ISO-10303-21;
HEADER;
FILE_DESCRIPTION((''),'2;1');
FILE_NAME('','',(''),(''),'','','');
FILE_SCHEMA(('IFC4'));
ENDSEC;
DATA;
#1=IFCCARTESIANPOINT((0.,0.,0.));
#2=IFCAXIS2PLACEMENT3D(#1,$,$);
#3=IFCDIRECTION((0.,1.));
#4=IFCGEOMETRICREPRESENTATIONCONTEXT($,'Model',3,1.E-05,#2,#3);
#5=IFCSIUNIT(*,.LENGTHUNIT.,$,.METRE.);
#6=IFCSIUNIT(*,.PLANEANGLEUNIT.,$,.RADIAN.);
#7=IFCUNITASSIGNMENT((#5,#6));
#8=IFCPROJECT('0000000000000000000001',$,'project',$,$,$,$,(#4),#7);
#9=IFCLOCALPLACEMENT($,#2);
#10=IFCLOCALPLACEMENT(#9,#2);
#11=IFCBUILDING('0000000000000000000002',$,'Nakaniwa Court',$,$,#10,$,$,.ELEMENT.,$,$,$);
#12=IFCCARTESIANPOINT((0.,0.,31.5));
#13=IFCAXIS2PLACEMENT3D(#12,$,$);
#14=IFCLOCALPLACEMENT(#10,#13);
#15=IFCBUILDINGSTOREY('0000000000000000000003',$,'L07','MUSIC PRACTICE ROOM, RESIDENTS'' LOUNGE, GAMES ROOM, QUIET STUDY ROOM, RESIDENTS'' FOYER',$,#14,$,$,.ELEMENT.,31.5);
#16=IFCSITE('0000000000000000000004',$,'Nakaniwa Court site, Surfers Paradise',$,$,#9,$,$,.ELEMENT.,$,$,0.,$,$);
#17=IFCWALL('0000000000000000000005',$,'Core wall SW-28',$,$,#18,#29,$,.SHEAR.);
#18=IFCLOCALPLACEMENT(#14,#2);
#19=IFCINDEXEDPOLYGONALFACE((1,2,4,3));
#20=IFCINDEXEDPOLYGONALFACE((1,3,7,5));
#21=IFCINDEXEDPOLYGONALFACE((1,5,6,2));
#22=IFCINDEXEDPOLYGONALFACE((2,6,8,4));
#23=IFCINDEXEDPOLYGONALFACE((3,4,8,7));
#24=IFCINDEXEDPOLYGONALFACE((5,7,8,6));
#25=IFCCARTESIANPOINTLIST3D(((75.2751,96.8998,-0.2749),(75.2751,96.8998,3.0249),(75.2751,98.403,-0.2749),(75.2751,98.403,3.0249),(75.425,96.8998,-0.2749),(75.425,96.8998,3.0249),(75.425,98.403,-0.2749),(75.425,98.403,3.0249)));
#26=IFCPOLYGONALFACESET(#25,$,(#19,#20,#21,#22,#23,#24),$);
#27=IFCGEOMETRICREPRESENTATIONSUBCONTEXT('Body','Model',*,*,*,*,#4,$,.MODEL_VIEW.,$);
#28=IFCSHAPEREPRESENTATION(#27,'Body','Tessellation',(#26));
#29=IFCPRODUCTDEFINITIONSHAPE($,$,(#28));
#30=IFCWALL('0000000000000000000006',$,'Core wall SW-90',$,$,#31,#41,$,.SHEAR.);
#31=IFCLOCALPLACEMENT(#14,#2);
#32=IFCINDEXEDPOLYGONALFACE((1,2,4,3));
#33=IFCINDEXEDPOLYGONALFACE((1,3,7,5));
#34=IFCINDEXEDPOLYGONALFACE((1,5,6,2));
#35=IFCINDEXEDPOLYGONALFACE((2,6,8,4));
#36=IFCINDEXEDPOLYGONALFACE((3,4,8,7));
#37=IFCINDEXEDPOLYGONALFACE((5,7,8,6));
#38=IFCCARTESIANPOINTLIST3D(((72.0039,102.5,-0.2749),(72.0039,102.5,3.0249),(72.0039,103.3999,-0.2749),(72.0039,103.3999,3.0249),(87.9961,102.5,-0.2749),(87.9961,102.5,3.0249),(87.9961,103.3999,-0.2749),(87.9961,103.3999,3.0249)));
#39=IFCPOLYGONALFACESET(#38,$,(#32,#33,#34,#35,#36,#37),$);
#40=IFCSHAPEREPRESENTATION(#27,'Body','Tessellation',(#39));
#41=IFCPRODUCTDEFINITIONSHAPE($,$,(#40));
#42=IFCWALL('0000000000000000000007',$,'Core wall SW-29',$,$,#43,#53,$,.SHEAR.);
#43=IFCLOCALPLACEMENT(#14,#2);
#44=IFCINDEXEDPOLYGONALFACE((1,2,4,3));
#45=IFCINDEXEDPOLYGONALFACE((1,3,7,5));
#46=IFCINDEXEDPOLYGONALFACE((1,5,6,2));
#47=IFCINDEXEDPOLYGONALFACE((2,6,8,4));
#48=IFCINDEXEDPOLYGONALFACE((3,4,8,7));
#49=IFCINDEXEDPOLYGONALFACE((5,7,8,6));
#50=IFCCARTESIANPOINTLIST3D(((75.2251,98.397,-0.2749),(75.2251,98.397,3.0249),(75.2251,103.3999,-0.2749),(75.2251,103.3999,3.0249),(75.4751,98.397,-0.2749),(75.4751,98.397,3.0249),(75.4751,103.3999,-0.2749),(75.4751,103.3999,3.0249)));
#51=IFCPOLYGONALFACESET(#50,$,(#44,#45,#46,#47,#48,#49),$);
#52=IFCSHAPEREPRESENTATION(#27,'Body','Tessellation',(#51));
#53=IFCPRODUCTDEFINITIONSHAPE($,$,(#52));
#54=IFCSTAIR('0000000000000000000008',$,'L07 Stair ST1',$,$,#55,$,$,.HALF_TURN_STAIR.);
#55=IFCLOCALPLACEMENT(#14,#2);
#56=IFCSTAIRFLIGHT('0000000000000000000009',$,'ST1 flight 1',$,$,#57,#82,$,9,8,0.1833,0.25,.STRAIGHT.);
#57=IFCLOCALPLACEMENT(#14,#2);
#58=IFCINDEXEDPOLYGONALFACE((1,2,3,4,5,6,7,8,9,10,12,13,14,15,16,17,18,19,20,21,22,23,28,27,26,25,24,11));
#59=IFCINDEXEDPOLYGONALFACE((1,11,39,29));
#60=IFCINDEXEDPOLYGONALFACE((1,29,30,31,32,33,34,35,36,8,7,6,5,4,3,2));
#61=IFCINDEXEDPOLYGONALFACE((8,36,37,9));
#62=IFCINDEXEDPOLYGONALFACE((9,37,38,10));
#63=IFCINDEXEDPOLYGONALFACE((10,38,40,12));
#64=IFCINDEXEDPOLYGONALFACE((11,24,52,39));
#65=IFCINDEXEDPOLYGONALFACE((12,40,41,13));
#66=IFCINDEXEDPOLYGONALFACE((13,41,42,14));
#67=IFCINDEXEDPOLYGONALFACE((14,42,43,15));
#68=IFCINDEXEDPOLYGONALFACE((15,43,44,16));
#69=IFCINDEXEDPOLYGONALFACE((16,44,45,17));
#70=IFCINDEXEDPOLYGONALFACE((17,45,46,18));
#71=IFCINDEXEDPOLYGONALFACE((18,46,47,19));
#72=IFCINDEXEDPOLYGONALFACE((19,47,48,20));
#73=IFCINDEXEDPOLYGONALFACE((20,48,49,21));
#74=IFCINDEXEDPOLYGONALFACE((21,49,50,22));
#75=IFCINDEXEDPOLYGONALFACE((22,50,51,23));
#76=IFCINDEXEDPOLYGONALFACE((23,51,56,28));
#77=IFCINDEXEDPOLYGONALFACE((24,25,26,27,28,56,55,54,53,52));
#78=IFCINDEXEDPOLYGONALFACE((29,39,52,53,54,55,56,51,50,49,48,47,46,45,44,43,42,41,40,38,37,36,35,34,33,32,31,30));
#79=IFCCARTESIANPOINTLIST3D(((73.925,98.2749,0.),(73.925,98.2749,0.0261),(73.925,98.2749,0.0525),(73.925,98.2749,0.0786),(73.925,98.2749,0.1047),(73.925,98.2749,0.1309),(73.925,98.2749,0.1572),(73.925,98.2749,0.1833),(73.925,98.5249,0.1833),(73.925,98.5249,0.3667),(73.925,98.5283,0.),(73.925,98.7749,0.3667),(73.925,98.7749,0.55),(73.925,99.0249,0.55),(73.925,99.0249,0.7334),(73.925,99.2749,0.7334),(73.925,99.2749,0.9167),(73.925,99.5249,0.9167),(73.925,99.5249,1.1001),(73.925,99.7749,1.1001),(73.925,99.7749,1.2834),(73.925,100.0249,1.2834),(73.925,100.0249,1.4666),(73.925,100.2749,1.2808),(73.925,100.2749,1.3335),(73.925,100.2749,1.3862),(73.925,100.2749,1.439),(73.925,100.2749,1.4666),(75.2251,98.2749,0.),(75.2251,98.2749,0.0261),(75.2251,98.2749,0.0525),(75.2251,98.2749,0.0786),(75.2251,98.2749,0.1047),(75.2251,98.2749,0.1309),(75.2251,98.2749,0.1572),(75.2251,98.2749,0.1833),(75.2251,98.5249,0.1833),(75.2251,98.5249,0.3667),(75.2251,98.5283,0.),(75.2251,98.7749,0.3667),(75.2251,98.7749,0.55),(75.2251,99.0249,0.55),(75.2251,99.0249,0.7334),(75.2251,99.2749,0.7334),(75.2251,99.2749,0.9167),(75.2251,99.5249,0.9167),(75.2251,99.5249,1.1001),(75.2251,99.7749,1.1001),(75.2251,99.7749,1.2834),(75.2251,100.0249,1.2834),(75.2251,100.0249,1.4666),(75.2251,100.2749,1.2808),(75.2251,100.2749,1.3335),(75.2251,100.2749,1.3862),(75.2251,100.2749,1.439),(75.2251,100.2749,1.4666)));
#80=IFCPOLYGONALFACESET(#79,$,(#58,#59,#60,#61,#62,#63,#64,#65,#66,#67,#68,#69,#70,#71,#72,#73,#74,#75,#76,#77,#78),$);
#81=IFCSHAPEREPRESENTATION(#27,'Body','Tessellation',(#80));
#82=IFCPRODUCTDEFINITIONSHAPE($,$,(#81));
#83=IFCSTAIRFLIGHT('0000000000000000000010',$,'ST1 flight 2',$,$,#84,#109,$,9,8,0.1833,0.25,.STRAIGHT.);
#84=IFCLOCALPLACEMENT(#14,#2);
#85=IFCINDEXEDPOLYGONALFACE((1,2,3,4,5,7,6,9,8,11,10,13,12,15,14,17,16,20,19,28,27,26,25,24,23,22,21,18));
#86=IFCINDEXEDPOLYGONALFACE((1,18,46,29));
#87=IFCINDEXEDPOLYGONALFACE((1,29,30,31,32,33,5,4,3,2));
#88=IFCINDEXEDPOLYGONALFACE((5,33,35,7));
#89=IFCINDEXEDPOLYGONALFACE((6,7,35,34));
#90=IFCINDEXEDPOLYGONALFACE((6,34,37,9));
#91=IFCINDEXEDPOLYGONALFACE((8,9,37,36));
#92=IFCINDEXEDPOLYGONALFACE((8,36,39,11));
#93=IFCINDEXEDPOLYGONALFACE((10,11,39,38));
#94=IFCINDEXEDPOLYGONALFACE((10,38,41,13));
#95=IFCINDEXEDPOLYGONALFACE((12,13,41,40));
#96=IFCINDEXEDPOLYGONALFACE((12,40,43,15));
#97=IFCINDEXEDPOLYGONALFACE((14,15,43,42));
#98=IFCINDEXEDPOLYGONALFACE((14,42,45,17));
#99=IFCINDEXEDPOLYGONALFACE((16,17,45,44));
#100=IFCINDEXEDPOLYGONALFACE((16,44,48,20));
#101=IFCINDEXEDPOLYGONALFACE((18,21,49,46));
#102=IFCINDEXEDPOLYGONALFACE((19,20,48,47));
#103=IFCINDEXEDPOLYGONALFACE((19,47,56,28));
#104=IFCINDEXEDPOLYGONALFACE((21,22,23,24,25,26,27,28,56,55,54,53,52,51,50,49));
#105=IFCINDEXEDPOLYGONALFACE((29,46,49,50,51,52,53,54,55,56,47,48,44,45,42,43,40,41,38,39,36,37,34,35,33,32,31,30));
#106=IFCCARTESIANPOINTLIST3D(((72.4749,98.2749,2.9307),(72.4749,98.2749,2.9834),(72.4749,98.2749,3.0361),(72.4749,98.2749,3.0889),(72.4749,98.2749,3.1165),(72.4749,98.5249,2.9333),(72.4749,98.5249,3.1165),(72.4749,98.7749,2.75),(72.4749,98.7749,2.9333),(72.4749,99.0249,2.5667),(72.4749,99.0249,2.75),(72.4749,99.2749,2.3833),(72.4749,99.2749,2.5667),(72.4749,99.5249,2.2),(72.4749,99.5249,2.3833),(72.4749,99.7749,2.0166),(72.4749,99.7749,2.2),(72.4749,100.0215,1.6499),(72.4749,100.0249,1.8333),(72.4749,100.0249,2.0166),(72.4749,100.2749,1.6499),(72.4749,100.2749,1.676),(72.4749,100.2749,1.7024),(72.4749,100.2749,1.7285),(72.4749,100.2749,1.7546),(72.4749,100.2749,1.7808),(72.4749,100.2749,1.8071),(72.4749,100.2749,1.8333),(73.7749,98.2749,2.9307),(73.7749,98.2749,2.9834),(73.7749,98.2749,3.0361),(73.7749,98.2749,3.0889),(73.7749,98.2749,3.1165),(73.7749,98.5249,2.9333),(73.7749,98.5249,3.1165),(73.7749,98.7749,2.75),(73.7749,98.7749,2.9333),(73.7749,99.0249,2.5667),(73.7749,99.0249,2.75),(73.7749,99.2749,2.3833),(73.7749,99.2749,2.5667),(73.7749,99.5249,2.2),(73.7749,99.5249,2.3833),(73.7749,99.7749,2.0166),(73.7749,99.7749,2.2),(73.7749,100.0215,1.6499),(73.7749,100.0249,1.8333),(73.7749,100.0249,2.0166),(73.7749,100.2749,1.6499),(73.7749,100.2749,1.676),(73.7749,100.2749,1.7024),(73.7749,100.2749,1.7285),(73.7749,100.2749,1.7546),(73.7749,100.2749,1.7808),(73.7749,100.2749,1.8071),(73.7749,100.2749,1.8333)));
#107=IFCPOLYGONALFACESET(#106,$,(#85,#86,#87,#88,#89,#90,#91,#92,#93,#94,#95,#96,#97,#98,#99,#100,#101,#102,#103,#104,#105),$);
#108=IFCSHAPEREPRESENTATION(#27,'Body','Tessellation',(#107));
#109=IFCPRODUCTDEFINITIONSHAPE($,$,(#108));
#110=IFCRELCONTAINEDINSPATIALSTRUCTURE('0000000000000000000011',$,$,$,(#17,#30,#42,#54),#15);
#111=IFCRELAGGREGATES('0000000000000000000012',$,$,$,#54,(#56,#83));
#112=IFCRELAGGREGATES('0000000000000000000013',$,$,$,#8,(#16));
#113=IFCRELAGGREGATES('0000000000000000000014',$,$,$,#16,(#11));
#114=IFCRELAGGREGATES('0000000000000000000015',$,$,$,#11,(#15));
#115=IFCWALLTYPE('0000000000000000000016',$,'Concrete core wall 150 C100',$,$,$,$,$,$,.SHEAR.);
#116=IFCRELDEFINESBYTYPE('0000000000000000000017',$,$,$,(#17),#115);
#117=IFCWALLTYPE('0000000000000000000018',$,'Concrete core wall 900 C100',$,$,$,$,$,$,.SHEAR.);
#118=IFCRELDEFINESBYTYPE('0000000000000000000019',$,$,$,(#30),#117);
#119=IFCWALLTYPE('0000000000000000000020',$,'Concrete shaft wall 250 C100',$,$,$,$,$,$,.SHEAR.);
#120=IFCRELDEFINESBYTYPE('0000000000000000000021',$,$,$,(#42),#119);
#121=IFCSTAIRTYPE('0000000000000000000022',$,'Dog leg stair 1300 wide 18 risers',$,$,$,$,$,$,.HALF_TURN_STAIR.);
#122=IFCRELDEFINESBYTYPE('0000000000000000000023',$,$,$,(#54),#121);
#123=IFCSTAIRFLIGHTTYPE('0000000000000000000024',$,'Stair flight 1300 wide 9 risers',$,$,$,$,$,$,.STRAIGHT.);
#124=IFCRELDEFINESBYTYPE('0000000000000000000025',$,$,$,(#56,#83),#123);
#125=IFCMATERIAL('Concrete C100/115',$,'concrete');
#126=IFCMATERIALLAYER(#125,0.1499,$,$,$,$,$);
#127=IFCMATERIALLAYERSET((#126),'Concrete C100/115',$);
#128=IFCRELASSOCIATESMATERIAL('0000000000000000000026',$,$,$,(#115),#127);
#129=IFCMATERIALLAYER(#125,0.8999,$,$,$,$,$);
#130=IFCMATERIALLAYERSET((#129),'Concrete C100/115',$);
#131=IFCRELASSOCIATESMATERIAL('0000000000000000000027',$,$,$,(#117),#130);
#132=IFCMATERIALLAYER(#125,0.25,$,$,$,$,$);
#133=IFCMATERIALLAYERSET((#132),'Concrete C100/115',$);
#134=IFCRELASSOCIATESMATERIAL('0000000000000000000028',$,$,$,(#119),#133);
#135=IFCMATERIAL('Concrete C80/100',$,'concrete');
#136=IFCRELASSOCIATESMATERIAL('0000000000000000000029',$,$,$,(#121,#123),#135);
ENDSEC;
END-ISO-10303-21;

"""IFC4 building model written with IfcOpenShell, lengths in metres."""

from ifc_helpers import new_model, si_unit, direction, frame, frame_2d, origin, place, context, subcontext, project, spatial, polyline, rectangle, outline, extrude, material, layer, layer_set, type_object, element, aggregate, save


model = new_model("IFC4")

# Units and contexts
model_context = context("Model", 3, precision=1e-05, world=origin(), true_north=direction((0.0, 1.0)))
body_context = subcontext(model_context, "Body", "Model", "MODEL_VIEW")
ifc_project = project(units=[si_unit("LENGTHUNIT", "METRE"), si_unit("PLANEANGLEUNIT", "RADIAN")], contexts=[model_context])

# Site, building, storey
site_placement = place(None, origin())
site = spatial("IfcSite", under=ifc_project, at=site_placement, Name="Nakaniwa Court site, Surfers Paradise", CompositionType="ELEMENT", RefElevation=0.0)
building_placement = place(site_placement, origin())
building = spatial("IfcBuilding", under=site, at=building_placement, Name="Nakaniwa Court", CompositionType="ELEMENT")
storey_placement = place(building_placement, frame((0.0, 0.0, 31.5)))
storey = spatial("IfcBuildingStorey", under=building, at=storey_placement, Name="L07", Description="MUSIC PRACTICE ROOM, RESIDENTS' LOUNGE, GAMES ROOM, QUIET STUDY ROOM, RESIDENTS' FOYER", CompositionType="ELEMENT", Elevation=31.5)

# Shared definitions
ifc_material_1 = material(Name="Concrete C100/115", Category="concrete")

# Shared definitions
ifc_material_2 = material(Name="Concrete C80/100", Category="concrete")

# Walls
ifc_layer_1 = layer(ifc_material_1, 0.1499)
ifc_layer_set_1 = layer_set([ifc_layer_1], Name="Concrete C100/115")
wall_type_1 = type_object("IfcWallType", Name="Concrete core wall 150 C100", PredefinedType="SHEAR", material=ifc_layer_set_1)
wall_1_placement = place(storey_placement, frame((75.3501, 96.8999, -0.2749), z_axis=(0.0, 0.0, 1.0), x_axis=(0.0, 1.0, 0.0)))
element("IfcWall", 1, at=wall_1_placement, inside=storey, type_object=wall_type_1, Name="Core wall SW-28", PredefinedType="SHEAR", context=body_context, shape_type="SweptSolid", body=[
    extrude(rectangle(XDim=1.5032, YDim=0.1499, at=frame_2d((0.7515, 0.0))), origin(), (0.0, 0.0, 1.0), 3.2998),
])
ifc_layer_2 = layer(ifc_material_1, 0.8999)
ifc_layer_set_2 = layer_set([ifc_layer_2], Name="Concrete C100/115")
wall_type_2 = type_object("IfcWallType", Name="Concrete core wall 900 C100", PredefinedType="SHEAR", material=ifc_layer_set_2)
wall_2_placement = place(storey_placement, frame((72.0039, 102.95, -0.2749), z_axis=(0.0, 0.0, 1.0), x_axis=(1.0, 0.0, 0.0)))
element("IfcWall", 2, at=wall_2_placement, inside=storey, type_object=wall_type_2, Name="Core wall SW-90", PredefinedType="SHEAR", context=body_context, shape_type="SweptSolid", body=[
    extrude(rectangle(XDim=15.9922, YDim=0.8999, at=frame_2d((7.9961, 0.0))), origin(), (0.0, 0.0, 1.0), 3.2998),
])
ifc_layer_3 = layer(ifc_material_1, 0.25)
ifc_layer_set_3 = layer_set([ifc_layer_3], Name="Concrete C100/115")
wall_type_3 = type_object("IfcWallType", Name="Concrete shaft wall 250 C100", PredefinedType="SHEAR", material=ifc_layer_set_3)
wall_3_placement = place(storey_placement, frame((75.3501, 98.397, -0.2749), z_axis=(0.0, 0.0, 1.0), x_axis=(0.0, 1.0, 0.0)))
element("IfcWall", 3, at=wall_3_placement, inside=storey, type_object=wall_type_3, Name="Core wall SW-29", PredefinedType="SHEAR", context=body_context, shape_type="SweptSolid", body=[
    extrude(rectangle(XDim=5.0029, YDim=0.25, at=frame_2d((2.5015, 0.0))), origin(), (0.0, 0.0, 1.0), 3.2998),
])

# Stair, stair flights
stair_type = type_object("IfcStairType", Name="Dog leg stair 1300 wide 18 risers", PredefinedType="HALF_TURN_STAIR", material=ifc_material_2)
stair_placement = place(storey_placement, origin())
stair = element("IfcStair", 4, at=stair_placement, inside=storey, type_object=stair_type, Name="L07 Stair ST1", PredefinedType="HALF_TURN_STAIR")
stair_flight_type = type_object("IfcStairFlightType", Name="Stair flight 1300 wide 9 risers", PredefinedType="STRAIGHT", material=ifc_material_2)
stair_flight_1_placement = place(storey_placement, frame((74.575, 98.2749, 0.0), z_axis=(0.0, 0.0, 1.0), x_axis=(0.0, 1.0, 0.0)))
stair_flight_1 = element("IfcStairFlight", 5, at=stair_flight_1_placement, type_object=stair_flight_type, Name="ST1 flight 1", NumberOfRisers=9, NumberOfTreads=8, PredefinedType="STRAIGHT", RiserHeight=0.1833, TreadLength=0.25, context=body_context, shape_type="SweptSolid", body=[
    extrude(outline(polyline([(0.0, 0.0), (0.0, 0.0261), (0.0, 0.0525), (0.0, 0.0786), (0.0, 0.1047), (0.0, 0.1309), (0.0, 0.1572), (0.0, 0.1833), (0.25, 0.1833), (0.25, 0.3667), (0.5, 0.3667), (0.5, 0.55), (0.75, 0.55), (0.75, 0.7334), (1.0, 0.7334), (1.0, 0.9167), (1.25, 0.9167), (1.25, 1.1001), (1.5, 1.1001), (1.5, 1.2834), (1.75, 1.2834), (1.75, 1.4666), (2.0, 1.4666), (2.0, 1.6499), (2.0, 1.5972), (2.0, 1.5444), (2.0, 1.4917), (2.0, 1.439), (2.0, 1.3862), (2.0, 1.3335), (2.0, 1.2808), (0.2534, 0.0), (0.0, 0.0)])), frame((0.0, 0.6499, 0.0), z_axis=(0.0, -1.0, 0.0), x_axis=(1.0, 0.0, 0.0)), (0.0, 0.0, 1.0), 1.3),
])
stair_flight_2_placement = place(storey_placement, frame((73.125, 100.2749, 1.6499), z_axis=(0.0, 0.0, 1.0), x_axis=(0.0, -1.0, 0.0)))
stair_flight_2 = element("IfcStairFlight", 6, at=stair_flight_2_placement, type_object=stair_flight_type, Name="ST1 flight 2", NumberOfRisers=9, NumberOfTreads=8, PredefinedType="STRAIGHT", RiserHeight=0.1833, TreadLength=0.25, context=body_context, shape_type="SweptSolid", body=[
    extrude(outline(polyline([(0.0, 0.0), (0.0, 0.0261), (0.0, 0.0525), (0.0, 0.0786), (0.0, 0.1047), (0.0, 0.1309), (0.0, 0.1572), (0.0, 0.1833), (0.25, 0.1833), (0.25, 0.3667), (0.5, 0.3667), (0.5, 0.55), (0.75, 0.55), (0.75, 0.7334), (1.0, 0.7334), (1.0, 0.9167), (1.25, 0.9167), (1.25, 1.1001), (1.5, 1.1001), (1.5, 1.2834), (1.75, 1.2834), (1.75, 1.4666), (2.0, 1.4666), (2.0, 1.6499), (2.0, 1.5972), (2.0, 1.5444), (2.0, 1.4917), (2.0, 1.439), (2.0, 1.3862), (2.0, 1.3335), (2.0, 1.2808), (0.2534, 0.0), (0.0, 0.0)])), frame((0.0, 0.6499, 0.0), z_axis=(0.0, -1.0, 0.0), x_axis=(1.0, 0.0, 0.0)), (0.0, 0.0, 1.0), 1.3),
])
aggregate(stair, [stair_flight_1, stair_flight_2])

save(model, "model.ifc")
